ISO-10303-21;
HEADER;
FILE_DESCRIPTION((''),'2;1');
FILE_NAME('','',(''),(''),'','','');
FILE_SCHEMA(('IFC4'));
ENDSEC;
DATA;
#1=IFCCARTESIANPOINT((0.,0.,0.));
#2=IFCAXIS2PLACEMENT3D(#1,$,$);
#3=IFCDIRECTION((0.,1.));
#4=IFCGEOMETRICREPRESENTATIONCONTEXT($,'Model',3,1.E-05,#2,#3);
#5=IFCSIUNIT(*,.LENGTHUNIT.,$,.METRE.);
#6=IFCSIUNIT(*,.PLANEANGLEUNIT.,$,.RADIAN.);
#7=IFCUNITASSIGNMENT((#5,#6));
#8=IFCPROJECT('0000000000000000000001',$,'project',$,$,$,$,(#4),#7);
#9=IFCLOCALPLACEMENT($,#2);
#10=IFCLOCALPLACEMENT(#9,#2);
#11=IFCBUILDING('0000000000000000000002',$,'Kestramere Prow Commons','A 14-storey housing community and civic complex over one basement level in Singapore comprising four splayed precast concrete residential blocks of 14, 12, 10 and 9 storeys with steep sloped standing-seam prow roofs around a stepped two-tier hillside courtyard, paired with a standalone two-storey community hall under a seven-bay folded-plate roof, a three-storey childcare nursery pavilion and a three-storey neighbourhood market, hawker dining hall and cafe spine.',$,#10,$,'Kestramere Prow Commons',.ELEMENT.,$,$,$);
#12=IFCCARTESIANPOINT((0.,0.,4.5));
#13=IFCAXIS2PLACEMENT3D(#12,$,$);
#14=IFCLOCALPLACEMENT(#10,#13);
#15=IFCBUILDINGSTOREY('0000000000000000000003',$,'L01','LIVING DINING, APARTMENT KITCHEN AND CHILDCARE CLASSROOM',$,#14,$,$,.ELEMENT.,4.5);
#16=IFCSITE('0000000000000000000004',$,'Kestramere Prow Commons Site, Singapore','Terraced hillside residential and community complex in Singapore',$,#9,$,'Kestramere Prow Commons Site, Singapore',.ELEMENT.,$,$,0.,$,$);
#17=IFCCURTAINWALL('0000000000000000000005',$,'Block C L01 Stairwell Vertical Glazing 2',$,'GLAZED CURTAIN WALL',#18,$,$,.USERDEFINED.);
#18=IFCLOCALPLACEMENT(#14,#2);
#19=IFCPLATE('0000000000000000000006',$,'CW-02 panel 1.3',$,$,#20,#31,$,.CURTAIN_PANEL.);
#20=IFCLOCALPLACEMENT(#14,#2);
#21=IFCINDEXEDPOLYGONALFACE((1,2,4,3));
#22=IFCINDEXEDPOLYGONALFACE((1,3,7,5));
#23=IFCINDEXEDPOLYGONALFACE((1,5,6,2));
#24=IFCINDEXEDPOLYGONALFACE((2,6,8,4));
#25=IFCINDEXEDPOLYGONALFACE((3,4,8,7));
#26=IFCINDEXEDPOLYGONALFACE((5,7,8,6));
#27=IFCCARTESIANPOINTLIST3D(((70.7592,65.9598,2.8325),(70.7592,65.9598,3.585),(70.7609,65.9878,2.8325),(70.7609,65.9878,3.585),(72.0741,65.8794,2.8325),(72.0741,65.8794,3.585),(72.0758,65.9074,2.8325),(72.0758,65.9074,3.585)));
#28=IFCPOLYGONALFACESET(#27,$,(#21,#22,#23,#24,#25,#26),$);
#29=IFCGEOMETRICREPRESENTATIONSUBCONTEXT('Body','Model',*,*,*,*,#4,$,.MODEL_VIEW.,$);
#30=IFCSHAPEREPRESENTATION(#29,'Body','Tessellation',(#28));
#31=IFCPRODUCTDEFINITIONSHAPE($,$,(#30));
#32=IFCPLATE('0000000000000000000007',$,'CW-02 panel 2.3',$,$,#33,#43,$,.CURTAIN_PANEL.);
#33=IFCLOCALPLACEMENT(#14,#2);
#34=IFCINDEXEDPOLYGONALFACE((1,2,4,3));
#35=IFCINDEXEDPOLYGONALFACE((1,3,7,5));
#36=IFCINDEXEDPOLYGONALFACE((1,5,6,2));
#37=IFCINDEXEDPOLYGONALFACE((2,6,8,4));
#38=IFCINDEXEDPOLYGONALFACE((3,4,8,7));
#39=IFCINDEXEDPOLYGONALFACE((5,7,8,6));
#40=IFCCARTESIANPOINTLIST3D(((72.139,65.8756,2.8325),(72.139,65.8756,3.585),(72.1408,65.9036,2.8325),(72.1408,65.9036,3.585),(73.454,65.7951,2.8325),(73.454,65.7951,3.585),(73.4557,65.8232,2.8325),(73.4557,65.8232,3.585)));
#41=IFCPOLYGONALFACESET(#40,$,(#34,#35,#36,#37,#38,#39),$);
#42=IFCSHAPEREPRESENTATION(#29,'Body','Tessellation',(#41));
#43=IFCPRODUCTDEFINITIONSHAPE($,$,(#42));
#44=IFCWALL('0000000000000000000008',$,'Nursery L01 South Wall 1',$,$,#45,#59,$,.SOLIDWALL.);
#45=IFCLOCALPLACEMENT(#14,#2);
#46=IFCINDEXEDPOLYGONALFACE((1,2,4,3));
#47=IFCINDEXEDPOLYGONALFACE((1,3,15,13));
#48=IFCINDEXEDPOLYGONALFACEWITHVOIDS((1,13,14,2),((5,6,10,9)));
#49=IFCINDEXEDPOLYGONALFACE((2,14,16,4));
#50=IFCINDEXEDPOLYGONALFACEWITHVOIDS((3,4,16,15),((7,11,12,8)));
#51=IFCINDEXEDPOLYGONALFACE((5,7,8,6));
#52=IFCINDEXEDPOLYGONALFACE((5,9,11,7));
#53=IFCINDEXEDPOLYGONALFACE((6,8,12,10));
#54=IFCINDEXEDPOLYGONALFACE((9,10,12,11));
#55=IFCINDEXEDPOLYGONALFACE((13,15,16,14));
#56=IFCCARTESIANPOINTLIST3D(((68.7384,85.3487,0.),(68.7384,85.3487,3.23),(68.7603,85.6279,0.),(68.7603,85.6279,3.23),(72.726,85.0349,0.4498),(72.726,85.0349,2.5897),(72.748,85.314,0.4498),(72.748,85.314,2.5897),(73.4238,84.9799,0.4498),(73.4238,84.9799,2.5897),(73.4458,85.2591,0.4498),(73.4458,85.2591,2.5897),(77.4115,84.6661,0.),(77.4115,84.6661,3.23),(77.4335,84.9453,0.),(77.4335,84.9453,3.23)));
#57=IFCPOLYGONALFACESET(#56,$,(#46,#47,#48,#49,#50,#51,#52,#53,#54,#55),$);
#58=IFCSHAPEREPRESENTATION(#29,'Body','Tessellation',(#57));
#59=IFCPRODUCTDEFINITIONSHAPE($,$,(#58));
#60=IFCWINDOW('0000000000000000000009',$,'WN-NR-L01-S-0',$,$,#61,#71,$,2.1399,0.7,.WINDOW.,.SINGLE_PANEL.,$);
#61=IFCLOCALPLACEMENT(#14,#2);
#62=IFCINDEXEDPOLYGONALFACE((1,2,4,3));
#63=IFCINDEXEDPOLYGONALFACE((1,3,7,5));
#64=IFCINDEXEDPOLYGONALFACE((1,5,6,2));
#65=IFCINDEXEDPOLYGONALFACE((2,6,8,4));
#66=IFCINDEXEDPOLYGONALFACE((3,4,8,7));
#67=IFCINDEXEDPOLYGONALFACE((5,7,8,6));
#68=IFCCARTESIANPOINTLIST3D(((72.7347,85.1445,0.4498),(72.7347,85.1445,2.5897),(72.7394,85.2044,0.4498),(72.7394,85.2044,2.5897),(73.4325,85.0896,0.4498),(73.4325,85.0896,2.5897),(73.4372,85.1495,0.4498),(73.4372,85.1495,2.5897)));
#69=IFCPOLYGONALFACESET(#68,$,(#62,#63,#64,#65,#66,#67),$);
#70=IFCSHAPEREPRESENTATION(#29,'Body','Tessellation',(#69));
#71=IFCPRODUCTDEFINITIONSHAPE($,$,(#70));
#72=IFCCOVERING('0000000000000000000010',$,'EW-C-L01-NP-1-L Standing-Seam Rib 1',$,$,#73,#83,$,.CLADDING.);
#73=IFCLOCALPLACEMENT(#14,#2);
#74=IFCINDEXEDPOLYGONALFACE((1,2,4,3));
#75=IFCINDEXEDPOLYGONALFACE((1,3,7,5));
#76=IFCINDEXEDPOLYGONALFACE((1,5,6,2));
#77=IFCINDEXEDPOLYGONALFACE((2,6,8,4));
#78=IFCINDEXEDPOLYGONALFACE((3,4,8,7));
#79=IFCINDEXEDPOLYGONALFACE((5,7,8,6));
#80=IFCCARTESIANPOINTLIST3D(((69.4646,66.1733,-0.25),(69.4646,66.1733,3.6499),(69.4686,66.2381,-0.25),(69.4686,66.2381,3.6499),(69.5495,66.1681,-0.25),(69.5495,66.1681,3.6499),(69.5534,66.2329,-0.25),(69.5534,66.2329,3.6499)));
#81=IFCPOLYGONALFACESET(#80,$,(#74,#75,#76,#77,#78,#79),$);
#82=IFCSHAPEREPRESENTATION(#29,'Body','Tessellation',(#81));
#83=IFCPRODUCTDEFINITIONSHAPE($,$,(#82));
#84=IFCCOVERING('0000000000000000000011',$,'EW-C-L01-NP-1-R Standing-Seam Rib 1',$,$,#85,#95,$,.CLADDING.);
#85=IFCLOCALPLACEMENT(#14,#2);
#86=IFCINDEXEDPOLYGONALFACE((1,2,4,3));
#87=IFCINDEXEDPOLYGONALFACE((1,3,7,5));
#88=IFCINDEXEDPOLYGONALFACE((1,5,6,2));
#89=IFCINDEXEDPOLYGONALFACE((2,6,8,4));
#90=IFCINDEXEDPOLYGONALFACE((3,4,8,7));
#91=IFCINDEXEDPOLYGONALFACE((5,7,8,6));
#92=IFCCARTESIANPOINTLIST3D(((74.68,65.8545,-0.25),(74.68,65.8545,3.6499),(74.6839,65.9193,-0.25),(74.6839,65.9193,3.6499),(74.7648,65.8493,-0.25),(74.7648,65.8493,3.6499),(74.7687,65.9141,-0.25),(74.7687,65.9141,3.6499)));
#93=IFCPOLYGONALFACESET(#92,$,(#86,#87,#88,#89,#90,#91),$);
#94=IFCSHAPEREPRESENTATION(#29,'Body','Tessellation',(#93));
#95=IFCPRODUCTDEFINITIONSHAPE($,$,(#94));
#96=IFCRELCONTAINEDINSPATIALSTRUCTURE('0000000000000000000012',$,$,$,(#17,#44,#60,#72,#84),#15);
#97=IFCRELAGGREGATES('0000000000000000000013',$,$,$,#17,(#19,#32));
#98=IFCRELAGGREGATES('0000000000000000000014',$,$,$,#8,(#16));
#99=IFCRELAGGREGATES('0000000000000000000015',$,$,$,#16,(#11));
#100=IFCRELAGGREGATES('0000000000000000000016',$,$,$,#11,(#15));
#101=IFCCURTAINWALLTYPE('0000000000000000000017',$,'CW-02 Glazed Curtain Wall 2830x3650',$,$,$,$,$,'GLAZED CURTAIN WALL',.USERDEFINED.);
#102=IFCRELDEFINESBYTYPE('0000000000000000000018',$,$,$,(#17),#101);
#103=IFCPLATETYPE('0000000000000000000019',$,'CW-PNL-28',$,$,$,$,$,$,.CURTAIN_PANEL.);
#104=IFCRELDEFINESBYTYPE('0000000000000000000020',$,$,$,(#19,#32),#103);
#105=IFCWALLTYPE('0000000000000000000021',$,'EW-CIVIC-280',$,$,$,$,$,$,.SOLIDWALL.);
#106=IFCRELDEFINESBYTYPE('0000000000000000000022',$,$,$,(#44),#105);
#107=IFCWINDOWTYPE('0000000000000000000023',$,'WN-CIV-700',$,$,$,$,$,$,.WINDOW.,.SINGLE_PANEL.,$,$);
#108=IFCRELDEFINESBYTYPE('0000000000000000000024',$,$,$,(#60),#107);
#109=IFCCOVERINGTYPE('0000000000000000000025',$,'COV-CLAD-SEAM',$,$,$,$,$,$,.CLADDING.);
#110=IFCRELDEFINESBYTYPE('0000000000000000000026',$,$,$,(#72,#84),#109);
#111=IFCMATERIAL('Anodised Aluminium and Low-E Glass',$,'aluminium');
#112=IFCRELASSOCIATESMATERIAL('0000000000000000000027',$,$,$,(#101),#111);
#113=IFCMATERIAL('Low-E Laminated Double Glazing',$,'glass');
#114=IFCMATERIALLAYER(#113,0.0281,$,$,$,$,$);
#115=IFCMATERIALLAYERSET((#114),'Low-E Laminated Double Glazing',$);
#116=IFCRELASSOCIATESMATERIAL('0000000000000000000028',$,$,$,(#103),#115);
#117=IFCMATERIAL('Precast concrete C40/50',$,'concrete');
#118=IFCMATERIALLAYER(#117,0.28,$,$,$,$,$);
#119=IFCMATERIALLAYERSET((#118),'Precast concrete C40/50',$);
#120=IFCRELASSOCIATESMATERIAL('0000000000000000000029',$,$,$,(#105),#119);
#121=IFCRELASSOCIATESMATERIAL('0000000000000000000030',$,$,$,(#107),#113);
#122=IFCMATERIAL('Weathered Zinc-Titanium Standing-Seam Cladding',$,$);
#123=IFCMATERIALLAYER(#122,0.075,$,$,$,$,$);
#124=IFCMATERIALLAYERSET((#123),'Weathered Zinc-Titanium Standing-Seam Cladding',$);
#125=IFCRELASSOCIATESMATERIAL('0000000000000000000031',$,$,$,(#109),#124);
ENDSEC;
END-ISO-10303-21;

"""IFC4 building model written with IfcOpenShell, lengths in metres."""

from ifc_helpers import new_model, si_unit, direction, frame, frame_2d, origin, origin_2d, place, context, subcontext, project, spatial, rectangle, extrude, material, layer, layer_set, type_object, element, fill, aggregate, save


model = new_model("IFC4")

# Units and contexts
model_context = context("Model", 3, precision=1e-05, world=origin(), true_north=direction((0.0, 1.0)))
body_context = subcontext(model_context, "Body", "Model", "MODEL_VIEW")
ifc_project = project(units=[si_unit("LENGTHUNIT", "METRE"), si_unit("PLANEANGLEUNIT", "RADIAN")], contexts=[model_context])

# Site, building, storey
site_placement = place(None, origin())
site = spatial("IfcSite", under=ifc_project, at=site_placement, Name="Kestramere Prow Commons Site, Singapore", Description="Terraced hillside residential and community complex in Singapore", LongName="Kestramere Prow Commons Site, Singapore", CompositionType="ELEMENT", RefElevation=0.0)
building_placement = place(site_placement, origin())
building = spatial("IfcBuilding", under=site, at=building_placement, Name="Kestramere Prow Commons", Description="A 14-storey housing community and civic complex over one basement level in Singapore comprising four splayed precast concrete residential blocks of 14, 12, 10 and 9 storeys with steep sloped standing-seam prow roofs around a stepped two-tier hillside courtyard, paired with a standalone two-storey community hall under a seven-bay folded-plate roof, a three-storey childcare nursery pavilion and a three-storey neighbourhood market, hawker dining hall and cafe spine.", LongName="Kestramere Prow Commons", CompositionType="ELEMENT")
storey_placement = place(building_placement, frame((0.0, 0.0, 4.5)))
storey = spatial("IfcBuildingStorey", under=building, at=storey_placement, Name="L01", Description="LIVING DINING, APARTMENT KITCHEN AND CHILDCARE CLASSROOM", CompositionType="ELEMENT", Elevation=4.5)

# Curtain wall, plates
ifc_material_1 = material(Name="Anodised Aluminium and Low-E Glass", Category="aluminium")
curtain_wall_type = type_object("IfcCurtainWallType", Name="CW-02 Glazed Curtain Wall 2830x3650", ElementType="GLAZED CURTAIN WALL", PredefinedType="USERDEFINED", material=ifc_material_1)
curtain_wall_placement = place(storey_placement, origin())
curtain_wall = element("IfcCurtainWall", 1, at=curtain_wall_placement, inside=storey, type_object=curtain_wall_type, Name="Block C L01 Stairwell Vertical Glazing 2", ObjectType="GLAZED CURTAIN WALL", PredefinedType="USERDEFINED")
ifc_material_2 = material(Name="Low-E Laminated Double Glazing", Category="glass")
ifc_layer_1 = layer(ifc_material_2, 0.0281)
ifc_layer_set_1 = layer_set([ifc_layer_1], Name="Low-E Laminated Double Glazing")
plate_type = type_object("IfcPlateType", Name="CW-PNL-28", PredefinedType="CURTAIN_PANEL", material=ifc_layer_set_1)
plate_1_placement = place(storey_placement, frame((71.4175, 65.9336, 2.8325), z_axis=(0.0, 0.0, 1.0), x_axis=(0.998135, -0.061048, 0.0)))
plate_1 = element("IfcPlate", 2, at=plate_1_placement, type_object=plate_type, Name="CW-02 panel 1.3", PredefinedType="CURTAIN_PANEL", context=body_context, shape_type="SweptSolid", body=[
    extrude(rectangle(XDim=1.3174, YDim=0.0281, at=origin_2d()), origin(), (0.0, 0.0, 1.0), 0.7524),
])
plate_2_placement = place(storey_placement, frame((72.7974, 65.8494, 2.8325), z_axis=(0.0, 0.0, 1.0), x_axis=(0.998135, -0.061048, 0.0)))
plate_2 = element("IfcPlate", 3, at=plate_2_placement, type_object=plate_type, Name="CW-02 panel 2.3", PredefinedType="CURTAIN_PANEL", context=body_context, shape_type="SweptSolid", body=[
    extrude(rectangle(XDim=1.3174, YDim=0.0281, at=origin_2d()), origin(), (0.0, 0.0, 1.0), 0.7524),
])
aggregate(curtain_wall, [plate_1, plate_2])

# Wall, opening, window
ifc_material_3 = material(Name="Precast concrete C40/50", Category="concrete")
ifc_layer_2 = layer(ifc_material_3, 0.28)
ifc_layer_set_2 = layer_set([ifc_layer_2], Name="Precast concrete C40/50")
wall_type = type_object("IfcWallType", Name="EW-CIVIC-280", PredefinedType="SOLIDWALL", material=ifc_layer_set_2)
wall_placement = place(storey_placement, frame((77.4226, 84.8057, 0.0), z_axis=(0.0, 0.0, 1.0), x_axis=(-0.996917, 0.078462, 0.0)))
wall = element("IfcWall", 4, at=wall_placement, inside=storey, type_object=wall_type, Name="Nursery L01 South Wall 1", PredefinedType="SOLIDWALL", context=body_context, shape_type="SweptSolid", body=[
    extrude(rectangle(XDim=8.7, YDim=0.28, at=frame_2d((4.3501, 0.0))), origin(), (0.0, 0.0, 1.0), 3.23),
])
opening_placement = place(wall_placement, frame((4.0, 0.0, 0.45)))
opening = element("IfcOpeningElement", 5, at=opening_placement, cuts=wall, PredefinedType="OPENING", context=body_context, shape_type="SweptSolid", body=[
    extrude(rectangle(XDim=0.7, YDim=2.1399, at=frame_2d((0.3501, 1.0698))), frame((0.0, 0.155, 0.0), z_axis=(0.0, -1.0, 0.0), x_axis=(1.0, 0.0, 0.0)), (0.0, 0.0, 1.0), 0.3101),
])
window_type = type_object("IfcWindowType", Name="WN-CIV-700", PartitioningType="SINGLE_PANEL", PredefinedType="WINDOW", material=ifc_material_2)
window_placement = place(opening_placement, origin())
window = element("IfcWindow", 6, at=window_placement, inside=storey, type_object=window_type, Name="WN-NR-L01-S-0", OverallHeight=2.1399, OverallWidth=0.7, PartitioningType="SINGLE_PANEL", PredefinedType="WINDOW", context=body_context, shape_type="SweptSolid", body=[
    extrude(rectangle(XDim=0.7, YDim=2.1399, at=frame_2d((0.3501, 1.0698))), frame((0.0, 0.03, 0.0), z_axis=(0.0, -1.0, 0.0), x_axis=(1.0, 0.0, 0.0)), (0.0, 0.0, 1.0), 0.0601),
])
fill(opening, window)

# Coverings
ifc_material_4 = material(Name="Weathered Zinc-Titanium Standing-Seam Cladding")
ifc_layer_3 = layer(ifc_material_4, 0.075)
ifc_layer_set_3 = layer_set([ifc_layer_3], Name="Weathered Zinc-Titanium Standing-Seam Cladding")
covering_type = type_object("IfcCoveringType", Name="COV-CLAD-SEAM", PredefinedType="CLADDING", material=ifc_layer_set_3)
for number, where, z_axis, x_axis, name in (
    (7, (69.509, 66.2031, -0.25), (0.0, 0.0, 1.0), (0.998135, -0.061049, 0.0), "EW-C-L01-NP-1-L Standing-Seam Rib 1"),
    (8, (74.7244, 65.8843, -0.25), (0.0, 0.0, 1.0), (0.998135, -0.061049, 0.0), "EW-C-L01-NP-1-R Standing-Seam Rib 1"),
):
    element("IfcCovering", number, at=place(storey_placement, frame(where, z_axis=z_axis, x_axis=x_axis)), inside=storey, type_object=covering_type, Name=name, PredefinedType="CLADDING", context=body_context, shape_type="SweptSolid", body=[
        extrude(rectangle(XDim=0.085, YDim=0.0649, at=origin_2d()), origin(), (0.0, 0.0, 1.0), 3.8999),
    ])

save(model, "model.ifc")
